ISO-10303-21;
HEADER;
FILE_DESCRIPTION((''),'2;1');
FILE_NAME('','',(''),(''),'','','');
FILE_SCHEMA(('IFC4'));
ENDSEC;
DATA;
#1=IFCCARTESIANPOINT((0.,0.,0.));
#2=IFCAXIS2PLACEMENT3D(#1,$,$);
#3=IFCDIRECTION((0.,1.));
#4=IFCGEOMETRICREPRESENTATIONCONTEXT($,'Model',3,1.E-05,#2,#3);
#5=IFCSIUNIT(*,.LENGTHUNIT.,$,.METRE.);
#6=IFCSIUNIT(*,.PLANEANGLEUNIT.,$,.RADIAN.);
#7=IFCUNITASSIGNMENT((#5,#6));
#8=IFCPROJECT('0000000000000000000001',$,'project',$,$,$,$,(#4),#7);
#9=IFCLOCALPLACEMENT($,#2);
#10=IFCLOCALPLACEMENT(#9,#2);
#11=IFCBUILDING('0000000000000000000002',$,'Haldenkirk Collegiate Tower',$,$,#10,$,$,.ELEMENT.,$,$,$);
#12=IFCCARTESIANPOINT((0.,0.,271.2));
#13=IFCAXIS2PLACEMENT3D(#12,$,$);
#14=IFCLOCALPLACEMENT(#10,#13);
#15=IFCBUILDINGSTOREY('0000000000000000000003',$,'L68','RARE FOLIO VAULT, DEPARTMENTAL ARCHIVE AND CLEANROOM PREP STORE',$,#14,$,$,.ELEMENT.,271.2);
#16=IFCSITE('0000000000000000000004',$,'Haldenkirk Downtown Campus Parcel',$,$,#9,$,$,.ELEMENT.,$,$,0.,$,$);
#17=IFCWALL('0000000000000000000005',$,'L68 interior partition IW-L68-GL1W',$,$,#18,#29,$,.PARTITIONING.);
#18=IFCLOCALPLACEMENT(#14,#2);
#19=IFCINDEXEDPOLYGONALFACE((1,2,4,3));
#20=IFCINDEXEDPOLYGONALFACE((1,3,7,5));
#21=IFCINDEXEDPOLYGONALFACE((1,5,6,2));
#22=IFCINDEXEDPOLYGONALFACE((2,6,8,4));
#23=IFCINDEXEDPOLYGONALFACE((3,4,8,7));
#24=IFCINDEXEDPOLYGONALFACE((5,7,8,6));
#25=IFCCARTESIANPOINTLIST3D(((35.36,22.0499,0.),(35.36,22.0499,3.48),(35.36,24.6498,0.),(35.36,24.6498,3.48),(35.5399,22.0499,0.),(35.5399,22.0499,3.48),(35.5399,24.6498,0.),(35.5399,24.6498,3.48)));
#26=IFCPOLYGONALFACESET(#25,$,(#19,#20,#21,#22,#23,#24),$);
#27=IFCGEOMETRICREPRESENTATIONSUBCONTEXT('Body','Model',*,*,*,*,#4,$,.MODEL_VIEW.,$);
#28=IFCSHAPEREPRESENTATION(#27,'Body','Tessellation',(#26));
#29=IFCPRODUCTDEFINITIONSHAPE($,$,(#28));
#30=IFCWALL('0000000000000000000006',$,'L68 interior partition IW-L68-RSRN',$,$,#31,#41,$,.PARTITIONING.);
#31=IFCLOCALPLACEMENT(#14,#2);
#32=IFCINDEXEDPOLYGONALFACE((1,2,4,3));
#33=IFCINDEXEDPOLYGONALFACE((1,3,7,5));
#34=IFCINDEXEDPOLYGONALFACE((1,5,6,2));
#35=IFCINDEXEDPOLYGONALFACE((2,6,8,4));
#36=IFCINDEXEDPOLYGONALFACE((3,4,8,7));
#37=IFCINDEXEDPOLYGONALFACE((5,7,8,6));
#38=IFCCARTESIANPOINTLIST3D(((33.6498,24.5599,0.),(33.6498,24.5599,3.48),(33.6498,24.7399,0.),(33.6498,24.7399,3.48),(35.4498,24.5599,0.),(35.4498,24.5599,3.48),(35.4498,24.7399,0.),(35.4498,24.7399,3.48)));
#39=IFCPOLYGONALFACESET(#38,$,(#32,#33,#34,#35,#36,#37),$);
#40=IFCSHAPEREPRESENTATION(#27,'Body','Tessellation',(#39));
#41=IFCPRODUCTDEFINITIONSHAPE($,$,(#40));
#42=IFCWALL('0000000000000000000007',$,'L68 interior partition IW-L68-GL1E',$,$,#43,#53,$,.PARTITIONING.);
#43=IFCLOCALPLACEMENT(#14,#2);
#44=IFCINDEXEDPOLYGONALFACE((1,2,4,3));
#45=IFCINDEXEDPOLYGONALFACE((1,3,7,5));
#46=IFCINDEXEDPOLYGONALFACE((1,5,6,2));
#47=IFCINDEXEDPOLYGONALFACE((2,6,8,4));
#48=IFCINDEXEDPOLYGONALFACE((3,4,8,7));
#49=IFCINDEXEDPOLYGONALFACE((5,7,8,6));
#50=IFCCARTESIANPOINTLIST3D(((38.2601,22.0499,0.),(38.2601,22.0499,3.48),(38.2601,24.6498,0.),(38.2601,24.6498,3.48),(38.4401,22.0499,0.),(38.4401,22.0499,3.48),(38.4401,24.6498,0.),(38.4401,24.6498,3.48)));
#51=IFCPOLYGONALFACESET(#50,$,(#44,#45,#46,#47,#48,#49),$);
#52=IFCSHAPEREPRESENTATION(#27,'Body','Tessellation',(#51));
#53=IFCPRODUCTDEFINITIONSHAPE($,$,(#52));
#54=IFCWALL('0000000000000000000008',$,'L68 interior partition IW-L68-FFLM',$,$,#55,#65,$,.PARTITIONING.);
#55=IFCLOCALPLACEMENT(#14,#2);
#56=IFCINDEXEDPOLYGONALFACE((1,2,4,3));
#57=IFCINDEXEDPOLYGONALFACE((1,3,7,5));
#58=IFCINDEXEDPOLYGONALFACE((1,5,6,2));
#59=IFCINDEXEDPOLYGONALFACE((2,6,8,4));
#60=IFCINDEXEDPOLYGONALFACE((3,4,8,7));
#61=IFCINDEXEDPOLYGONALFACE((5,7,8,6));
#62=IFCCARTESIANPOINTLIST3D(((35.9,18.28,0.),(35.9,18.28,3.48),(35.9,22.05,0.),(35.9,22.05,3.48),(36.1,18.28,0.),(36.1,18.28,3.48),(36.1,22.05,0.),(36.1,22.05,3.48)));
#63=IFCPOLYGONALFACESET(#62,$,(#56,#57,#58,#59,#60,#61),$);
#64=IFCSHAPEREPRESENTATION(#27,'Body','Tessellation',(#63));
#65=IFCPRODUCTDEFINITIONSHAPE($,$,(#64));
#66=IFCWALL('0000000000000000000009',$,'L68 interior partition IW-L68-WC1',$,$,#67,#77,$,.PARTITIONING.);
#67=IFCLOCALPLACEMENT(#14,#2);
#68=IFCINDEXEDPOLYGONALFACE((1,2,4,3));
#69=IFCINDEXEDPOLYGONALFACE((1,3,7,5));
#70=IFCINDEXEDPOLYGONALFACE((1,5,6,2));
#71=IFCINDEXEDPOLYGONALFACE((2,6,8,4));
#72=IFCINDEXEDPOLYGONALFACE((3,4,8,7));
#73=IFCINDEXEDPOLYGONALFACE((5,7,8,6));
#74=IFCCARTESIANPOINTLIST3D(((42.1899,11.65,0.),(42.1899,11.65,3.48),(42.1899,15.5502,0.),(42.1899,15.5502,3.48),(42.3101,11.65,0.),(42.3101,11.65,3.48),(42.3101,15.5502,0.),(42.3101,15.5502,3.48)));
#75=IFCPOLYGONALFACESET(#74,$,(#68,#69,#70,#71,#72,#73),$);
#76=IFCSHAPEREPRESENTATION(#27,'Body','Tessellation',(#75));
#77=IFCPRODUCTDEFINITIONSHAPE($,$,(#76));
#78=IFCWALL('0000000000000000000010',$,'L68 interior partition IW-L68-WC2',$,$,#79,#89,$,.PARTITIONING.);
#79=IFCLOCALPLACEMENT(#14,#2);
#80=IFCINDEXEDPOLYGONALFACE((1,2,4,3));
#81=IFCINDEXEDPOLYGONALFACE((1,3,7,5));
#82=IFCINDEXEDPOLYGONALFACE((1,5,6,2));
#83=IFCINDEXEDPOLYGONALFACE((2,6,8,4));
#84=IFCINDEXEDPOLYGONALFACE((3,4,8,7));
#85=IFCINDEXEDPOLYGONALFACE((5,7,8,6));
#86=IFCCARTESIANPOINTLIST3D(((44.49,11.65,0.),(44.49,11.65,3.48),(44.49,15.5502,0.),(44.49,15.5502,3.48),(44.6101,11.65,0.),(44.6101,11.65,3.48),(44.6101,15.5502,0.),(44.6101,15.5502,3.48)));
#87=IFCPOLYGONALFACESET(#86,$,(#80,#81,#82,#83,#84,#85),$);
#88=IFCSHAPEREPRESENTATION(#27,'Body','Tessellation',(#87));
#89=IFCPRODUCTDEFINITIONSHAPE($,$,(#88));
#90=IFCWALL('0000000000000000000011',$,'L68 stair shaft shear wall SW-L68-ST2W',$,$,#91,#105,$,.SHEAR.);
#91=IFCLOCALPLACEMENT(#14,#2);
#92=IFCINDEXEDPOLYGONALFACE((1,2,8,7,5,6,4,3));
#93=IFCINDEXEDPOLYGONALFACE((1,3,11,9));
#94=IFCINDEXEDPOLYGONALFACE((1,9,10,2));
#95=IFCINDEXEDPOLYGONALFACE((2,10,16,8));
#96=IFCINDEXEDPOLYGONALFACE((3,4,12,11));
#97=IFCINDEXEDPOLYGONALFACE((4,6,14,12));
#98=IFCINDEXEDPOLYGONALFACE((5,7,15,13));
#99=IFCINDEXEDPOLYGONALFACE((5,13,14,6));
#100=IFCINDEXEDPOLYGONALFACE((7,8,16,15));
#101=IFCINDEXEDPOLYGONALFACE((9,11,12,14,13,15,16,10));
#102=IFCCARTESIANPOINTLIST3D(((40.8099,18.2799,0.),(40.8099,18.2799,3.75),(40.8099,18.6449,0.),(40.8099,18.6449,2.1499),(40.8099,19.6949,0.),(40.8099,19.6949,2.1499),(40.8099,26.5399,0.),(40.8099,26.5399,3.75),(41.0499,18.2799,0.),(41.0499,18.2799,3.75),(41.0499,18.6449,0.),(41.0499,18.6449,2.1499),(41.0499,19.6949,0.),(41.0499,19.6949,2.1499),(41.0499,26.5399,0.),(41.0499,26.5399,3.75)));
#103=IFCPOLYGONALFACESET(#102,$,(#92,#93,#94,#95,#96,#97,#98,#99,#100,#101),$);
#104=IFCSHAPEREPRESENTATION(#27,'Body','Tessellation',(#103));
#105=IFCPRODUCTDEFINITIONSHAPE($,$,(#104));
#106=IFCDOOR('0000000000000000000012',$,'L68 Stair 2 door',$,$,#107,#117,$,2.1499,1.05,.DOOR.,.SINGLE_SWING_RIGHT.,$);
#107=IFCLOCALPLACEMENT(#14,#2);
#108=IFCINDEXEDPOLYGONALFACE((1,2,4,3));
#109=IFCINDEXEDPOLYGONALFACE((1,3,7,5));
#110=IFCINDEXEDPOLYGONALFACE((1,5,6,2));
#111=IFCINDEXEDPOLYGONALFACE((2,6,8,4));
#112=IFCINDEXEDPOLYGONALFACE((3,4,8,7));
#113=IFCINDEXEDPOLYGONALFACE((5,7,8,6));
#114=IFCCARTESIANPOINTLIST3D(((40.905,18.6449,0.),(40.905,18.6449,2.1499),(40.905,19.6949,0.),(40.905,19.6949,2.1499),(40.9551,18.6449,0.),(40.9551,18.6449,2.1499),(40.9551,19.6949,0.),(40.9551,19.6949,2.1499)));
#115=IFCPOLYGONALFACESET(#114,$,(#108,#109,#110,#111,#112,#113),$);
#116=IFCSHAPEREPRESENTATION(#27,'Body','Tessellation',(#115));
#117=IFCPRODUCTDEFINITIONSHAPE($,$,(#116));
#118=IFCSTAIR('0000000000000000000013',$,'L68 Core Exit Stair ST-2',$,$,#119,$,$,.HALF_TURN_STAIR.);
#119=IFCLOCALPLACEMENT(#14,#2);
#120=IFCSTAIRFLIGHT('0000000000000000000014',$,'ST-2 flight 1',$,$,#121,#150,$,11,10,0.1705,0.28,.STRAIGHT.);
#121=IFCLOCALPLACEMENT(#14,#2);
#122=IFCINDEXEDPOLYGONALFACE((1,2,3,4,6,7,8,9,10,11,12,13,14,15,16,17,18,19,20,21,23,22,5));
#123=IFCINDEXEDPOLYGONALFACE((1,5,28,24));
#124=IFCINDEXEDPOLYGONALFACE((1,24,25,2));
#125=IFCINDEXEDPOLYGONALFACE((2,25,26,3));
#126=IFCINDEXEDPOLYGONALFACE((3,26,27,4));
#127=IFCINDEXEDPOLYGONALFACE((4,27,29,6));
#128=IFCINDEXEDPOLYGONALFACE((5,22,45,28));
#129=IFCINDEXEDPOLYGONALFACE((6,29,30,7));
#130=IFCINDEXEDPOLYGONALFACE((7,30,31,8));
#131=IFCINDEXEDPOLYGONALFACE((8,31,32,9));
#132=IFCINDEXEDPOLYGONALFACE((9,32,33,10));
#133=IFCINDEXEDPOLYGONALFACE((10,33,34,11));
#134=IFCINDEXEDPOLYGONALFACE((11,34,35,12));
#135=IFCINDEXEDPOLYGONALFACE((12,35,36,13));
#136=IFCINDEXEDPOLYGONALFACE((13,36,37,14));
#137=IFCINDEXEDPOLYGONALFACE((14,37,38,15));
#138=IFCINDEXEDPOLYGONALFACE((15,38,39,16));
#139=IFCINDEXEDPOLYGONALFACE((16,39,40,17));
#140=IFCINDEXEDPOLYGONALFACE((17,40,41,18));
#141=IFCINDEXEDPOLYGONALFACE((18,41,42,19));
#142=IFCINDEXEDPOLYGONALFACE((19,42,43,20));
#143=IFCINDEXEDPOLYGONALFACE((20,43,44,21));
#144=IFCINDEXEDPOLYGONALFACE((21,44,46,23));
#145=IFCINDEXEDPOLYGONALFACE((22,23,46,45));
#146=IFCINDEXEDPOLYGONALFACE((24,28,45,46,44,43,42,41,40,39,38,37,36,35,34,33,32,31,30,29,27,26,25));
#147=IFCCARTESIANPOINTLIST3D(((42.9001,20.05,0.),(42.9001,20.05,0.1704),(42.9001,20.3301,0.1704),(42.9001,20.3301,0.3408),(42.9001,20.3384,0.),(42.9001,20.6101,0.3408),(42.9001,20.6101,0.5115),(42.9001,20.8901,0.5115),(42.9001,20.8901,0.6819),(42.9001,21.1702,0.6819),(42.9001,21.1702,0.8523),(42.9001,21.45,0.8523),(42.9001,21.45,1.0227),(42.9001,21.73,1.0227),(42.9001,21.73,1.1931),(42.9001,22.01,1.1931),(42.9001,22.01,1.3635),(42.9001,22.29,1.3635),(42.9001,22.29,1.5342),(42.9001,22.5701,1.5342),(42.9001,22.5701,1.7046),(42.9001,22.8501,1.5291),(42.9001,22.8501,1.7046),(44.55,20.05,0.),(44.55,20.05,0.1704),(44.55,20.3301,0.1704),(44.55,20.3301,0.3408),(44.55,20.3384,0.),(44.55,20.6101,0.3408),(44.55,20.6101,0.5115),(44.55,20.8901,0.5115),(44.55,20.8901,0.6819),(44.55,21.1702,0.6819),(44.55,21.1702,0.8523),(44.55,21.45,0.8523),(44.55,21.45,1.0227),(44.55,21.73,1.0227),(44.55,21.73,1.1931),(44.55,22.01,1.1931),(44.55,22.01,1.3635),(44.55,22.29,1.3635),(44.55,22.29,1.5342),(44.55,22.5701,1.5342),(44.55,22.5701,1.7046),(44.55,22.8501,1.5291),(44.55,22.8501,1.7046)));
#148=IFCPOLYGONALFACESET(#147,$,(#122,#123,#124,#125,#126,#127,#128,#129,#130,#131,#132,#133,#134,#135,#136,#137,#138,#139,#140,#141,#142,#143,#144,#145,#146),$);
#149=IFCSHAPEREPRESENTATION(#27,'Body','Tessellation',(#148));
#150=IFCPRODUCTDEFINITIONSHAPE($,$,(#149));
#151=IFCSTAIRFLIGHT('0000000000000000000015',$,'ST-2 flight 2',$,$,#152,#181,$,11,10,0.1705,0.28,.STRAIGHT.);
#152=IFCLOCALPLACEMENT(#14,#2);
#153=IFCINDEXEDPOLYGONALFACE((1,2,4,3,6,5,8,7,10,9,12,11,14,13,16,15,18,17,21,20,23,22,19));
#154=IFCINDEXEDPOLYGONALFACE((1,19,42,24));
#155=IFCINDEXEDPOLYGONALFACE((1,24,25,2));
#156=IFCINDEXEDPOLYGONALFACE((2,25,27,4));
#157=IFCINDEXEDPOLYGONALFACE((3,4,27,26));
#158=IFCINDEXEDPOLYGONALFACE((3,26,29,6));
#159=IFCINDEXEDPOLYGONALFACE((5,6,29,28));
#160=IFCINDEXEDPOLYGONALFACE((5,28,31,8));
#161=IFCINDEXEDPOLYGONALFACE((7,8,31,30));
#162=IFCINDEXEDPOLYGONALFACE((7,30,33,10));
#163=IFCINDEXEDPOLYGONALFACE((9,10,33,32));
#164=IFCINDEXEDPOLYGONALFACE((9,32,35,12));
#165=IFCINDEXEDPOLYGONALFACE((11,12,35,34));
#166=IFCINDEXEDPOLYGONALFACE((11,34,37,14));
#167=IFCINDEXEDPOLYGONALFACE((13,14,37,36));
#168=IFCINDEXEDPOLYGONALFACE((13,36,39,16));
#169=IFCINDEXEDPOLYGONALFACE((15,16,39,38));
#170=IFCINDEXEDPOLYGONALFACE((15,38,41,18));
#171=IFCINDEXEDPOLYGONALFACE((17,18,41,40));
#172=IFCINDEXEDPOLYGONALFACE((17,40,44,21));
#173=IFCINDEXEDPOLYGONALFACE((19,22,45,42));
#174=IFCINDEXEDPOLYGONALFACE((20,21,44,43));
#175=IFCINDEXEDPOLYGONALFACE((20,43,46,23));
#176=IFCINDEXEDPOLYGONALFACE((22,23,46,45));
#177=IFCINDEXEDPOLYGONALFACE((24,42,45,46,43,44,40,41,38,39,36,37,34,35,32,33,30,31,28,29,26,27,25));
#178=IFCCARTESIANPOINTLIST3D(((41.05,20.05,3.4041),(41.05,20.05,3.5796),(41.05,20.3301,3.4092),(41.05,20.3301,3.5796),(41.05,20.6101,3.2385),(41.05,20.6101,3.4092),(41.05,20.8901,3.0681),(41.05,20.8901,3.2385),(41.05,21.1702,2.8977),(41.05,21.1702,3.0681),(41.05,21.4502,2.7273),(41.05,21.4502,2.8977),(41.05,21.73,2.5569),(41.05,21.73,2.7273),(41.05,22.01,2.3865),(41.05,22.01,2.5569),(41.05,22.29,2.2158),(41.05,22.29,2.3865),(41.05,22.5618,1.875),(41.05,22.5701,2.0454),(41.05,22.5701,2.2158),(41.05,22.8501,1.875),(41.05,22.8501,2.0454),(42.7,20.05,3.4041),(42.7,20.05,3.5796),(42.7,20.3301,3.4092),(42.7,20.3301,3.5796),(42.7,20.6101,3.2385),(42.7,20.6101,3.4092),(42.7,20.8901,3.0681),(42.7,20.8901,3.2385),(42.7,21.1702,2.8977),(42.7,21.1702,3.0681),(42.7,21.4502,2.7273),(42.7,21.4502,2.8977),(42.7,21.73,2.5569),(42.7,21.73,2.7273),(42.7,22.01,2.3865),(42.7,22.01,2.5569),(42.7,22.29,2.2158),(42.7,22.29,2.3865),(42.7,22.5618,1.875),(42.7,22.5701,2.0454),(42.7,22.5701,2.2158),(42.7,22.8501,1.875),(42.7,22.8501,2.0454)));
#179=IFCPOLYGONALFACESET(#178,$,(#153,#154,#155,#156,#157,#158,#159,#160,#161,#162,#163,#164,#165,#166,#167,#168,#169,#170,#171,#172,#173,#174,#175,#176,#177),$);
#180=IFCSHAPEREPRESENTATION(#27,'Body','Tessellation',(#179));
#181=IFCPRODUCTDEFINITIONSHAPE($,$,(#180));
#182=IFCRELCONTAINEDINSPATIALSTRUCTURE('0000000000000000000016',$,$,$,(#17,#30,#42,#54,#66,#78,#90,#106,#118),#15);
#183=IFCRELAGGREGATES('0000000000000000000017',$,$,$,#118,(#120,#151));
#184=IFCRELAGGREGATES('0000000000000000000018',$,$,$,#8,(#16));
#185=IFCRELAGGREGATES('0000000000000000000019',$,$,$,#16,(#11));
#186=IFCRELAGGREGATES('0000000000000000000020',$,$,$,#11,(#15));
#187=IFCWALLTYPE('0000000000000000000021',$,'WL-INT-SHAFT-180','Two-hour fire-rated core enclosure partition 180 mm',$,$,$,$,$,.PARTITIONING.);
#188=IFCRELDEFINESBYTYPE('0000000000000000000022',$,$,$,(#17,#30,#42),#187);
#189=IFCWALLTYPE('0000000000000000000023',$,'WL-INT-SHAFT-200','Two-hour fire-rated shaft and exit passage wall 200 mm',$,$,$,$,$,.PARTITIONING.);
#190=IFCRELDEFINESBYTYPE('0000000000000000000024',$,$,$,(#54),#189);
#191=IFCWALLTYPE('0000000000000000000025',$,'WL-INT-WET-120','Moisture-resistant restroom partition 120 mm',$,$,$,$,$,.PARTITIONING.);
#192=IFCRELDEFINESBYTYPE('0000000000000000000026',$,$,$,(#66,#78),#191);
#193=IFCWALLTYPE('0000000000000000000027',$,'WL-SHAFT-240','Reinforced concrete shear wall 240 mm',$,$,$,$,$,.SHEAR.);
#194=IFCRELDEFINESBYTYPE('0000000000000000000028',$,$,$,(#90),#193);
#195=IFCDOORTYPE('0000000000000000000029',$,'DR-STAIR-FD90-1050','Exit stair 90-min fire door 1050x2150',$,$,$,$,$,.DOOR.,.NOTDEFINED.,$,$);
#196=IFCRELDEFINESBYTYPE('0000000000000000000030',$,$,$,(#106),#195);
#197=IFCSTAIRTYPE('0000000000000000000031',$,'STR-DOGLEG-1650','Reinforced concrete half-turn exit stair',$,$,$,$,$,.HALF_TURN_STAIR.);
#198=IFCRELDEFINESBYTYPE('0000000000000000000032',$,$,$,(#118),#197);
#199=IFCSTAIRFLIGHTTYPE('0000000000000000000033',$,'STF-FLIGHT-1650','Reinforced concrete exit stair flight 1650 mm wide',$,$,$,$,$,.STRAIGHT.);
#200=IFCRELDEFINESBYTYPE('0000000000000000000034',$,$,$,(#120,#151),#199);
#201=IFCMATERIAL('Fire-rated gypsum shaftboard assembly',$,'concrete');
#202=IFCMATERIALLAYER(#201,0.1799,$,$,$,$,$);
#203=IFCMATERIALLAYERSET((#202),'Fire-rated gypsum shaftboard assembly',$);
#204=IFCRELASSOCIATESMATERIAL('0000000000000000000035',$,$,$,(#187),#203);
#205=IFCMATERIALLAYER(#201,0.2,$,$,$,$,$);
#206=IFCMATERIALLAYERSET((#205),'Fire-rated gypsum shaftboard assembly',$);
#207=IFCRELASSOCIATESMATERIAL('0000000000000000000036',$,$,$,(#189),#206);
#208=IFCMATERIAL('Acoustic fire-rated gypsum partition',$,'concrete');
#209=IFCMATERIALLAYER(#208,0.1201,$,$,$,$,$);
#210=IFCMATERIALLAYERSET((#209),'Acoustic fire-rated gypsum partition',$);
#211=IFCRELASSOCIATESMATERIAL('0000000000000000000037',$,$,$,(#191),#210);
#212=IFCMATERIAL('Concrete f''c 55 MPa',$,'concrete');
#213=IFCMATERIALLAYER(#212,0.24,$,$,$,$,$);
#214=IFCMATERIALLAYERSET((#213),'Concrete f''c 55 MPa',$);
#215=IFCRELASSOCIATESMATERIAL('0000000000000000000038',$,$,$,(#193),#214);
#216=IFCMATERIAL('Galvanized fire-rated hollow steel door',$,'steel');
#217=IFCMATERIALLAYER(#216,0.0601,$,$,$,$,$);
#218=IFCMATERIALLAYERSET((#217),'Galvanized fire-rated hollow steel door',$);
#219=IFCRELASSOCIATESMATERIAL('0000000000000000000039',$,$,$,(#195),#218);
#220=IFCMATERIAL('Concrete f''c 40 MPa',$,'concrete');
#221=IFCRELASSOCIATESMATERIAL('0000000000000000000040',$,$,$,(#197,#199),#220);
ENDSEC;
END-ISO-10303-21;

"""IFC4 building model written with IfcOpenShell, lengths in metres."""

from ifc_helpers import new_model, si_unit, direction, frame, frame_2d, origin, place, context, subcontext, project, spatial, polyline, rectangle, outline, extrude, material, layer, layer_set, type_object, element, fill, aggregate, save


model = new_model("IFC4")

# Units and contexts
model_context = context("Model", 3, precision=1e-05, world=origin(), true_north=direction((0.0, 1.0)))
body_context = subcontext(model_context, "Body", "Model", "MODEL_VIEW")
ifc_project = project(units=[si_unit("LENGTHUNIT", "METRE"), si_unit("PLANEANGLEUNIT", "RADIAN")], contexts=[model_context])

# Site, building, storey
site_placement = place(None, origin())
site = spatial("IfcSite", under=ifc_project, at=site_placement, Name="Haldenkirk Downtown Campus Parcel", CompositionType="ELEMENT", RefElevation=0.0)
building_placement = place(site_placement, origin())
building = spatial("IfcBuilding", under=site, at=building_placement, Name="Haldenkirk Collegiate Tower", CompositionType="ELEMENT")
storey_placement = place(building_placement, frame((0.0, 0.0, 271.2)))
storey = spatial("IfcBuildingStorey", under=building, at=storey_placement, Name="L68", Description="RARE FOLIO VAULT, DEPARTMENTAL ARCHIVE AND CLEANROOM PREP STORE", CompositionType="ELEMENT", Elevation=271.2)

# Shared definitions
ifc_material_1 = material(Name="Acoustic fire-rated gypsum partition", Category="concrete")

# Walls
ifc_material_2 = material(Name="Fire-rated gypsum shaftboard assembly", Category="concrete")
ifc_layer_1 = layer(ifc_material_2, 0.1799)
ifc_layer_set_1 = layer_set([ifc_layer_1], Name="Fire-rated gypsum shaftboard assembly")
wall_type_1 = type_object("IfcWallType", Name="WL-INT-SHAFT-180", Description="Two-hour fire-rated core enclosure partition 180 mm", PredefinedType="PARTITIONING", material=ifc_layer_set_1)
wall_1_placement = place(storey_placement, frame((35.45, 22.05, 0.0), z_axis=(0.0, 0.0, 1.0), x_axis=(0.0, 1.0, 0.0)))
element("IfcWall", 1, at=wall_1_placement, inside=storey, type_object=wall_type_1, Name="L68 interior partition IW-L68-GL1W", PredefinedType="PARTITIONING", context=body_context, shape_type="SweptSolid", body=[
    extrude(rectangle(XDim=2.5999, YDim=0.1799, at=frame_2d((1.2998, 0.0))), origin(), (0.0, 0.0, 1.0), 3.48),
])
wall_2_placement = place(storey_placement, frame((33.6499, 24.6499, 0.0), z_axis=(0.0, 0.0, 1.0), x_axis=(1.0, 0.0, 0.0)))
element("IfcWall", 2, at=wall_2_placement, inside=storey, type_object=wall_type_1, Name="L68 interior partition IW-L68-RSRN", PredefinedType="PARTITIONING", context=body_context, shape_type="SweptSolid", body=[
    extrude(rectangle(XDim=1.8, YDim=0.1799, at=frame_2d((0.8999, 0.0))), origin(), (0.0, 0.0, 1.0), 3.48),
])
wall_3_placement = place(storey_placement, frame((38.3501, 22.05, 0.0), z_axis=(0.0, 0.0, 1.0), x_axis=(0.0, 1.0, 0.0)))
element("IfcWall", 3, at=wall_3_placement, inside=storey, type_object=wall_type_1, Name="L68 interior partition IW-L68-GL1E", PredefinedType="PARTITIONING", context=body_context, shape_type="SweptSolid", body=[
    extrude(rectangle(XDim=2.5999, YDim=0.1799, at=frame_2d((1.2998, 0.0))), origin(), (0.0, 0.0, 1.0), 3.48),
])
ifc_layer_2 = layer(ifc_material_2, 0.2)
ifc_layer_set_2 = layer_set([ifc_layer_2], Name="Fire-rated gypsum shaftboard assembly")
wall_type_2 = type_object("IfcWallType", Name="WL-INT-SHAFT-200", Description="Two-hour fire-rated shaft and exit passage wall 200 mm", PredefinedType="PARTITIONING", material=ifc_layer_set_2)
wall_4_placement = place(storey_placement, frame((36.0, 18.28, 0.0), z_axis=(0.0, 0.0, 1.0), x_axis=(0.0, 1.0, 0.0)))
element("IfcWall", 4, at=wall_4_placement, inside=storey, type_object=wall_type_2, Name="L68 interior partition IW-L68-FFLM", PredefinedType="PARTITIONING", context=body_context, shape_type="SweptSolid", body=[
    extrude(rectangle(XDim=3.77, YDim=0.2, at=frame_2d((1.885, 0.0))), origin(), (0.0, 0.0, 1.0), 3.48),
])

# Walls
ifc_layer_3 = layer(ifc_material_1, 0.1201)
ifc_layer_set_3 = layer_set([ifc_layer_3], Name="Acoustic fire-rated gypsum partition")
wall_type_3 = type_object("IfcWallType", Name="WL-INT-WET-120", Description="Moisture-resistant restroom partition 120 mm", PredefinedType="PARTITIONING", material=ifc_layer_set_3)
for number, where, z_axis, x_axis, name in (
    (5, (42.25, 11.6499, 0.0), (0.0, 0.0, 1.0), (0.0, 1.0, 0.0), "L68 interior partition IW-L68-WC1"),
    (6, (44.55, 11.6499, 0.0), (0.0, 0.0, 1.0), (0.0, 1.0, 0.0), "L68 interior partition IW-L68-WC2"),
):
    element("IfcWall", number, at=place(storey_placement, frame(where, z_axis=z_axis, x_axis=x_axis)), inside=storey, type_object=wall_type_3, Name=name, PredefinedType="PARTITIONING", context=body_context, shape_type="SweptSolid", body=[
        extrude(rectangle(XDim=3.9001, YDim=0.1201, at=frame_2d((1.9502, 0.0))), origin(), (0.0, 0.0, 1.0), 3.48),
    ])

# Wall, opening, door
ifc_material_3 = material(Name="Concrete f'c 55 MPa", Category="concrete")
ifc_layer_4 = layer(ifc_material_3, 0.24)
ifc_layer_set_4 = layer_set([ifc_layer_4], Name="Concrete f'c 55 MPa")
wall_type_4 = type_object("IfcWallType", Name="WL-SHAFT-240", Description="Reinforced concrete shear wall 240 mm", PredefinedType="SHEAR", material=ifc_layer_set_4)
wall_5_placement = place(storey_placement, frame((40.9299, 18.28, 0.0), z_axis=(0.0, 0.0, 1.0), x_axis=(0.0, 1.0, 0.0)))
wall_5 = element("IfcWall", 7, at=wall_5_placement, inside=storey, type_object=wall_type_4, Name="L68 stair shaft shear wall SW-L68-ST2W", PredefinedType="SHEAR", context=body_context, shape_type="SweptSolid", body=[
    extrude(rectangle(XDim=8.26, YDim=0.24, at=frame_2d((4.1299, 0.0))), origin(), (0.0, 0.0, 1.0), 3.75),
])
opening_1_placement = place(wall_5_placement, frame((0.365, 0.0, 0.0)))
opening_1 = element("IfcOpeningElement", 8, at=opening_1_placement, cuts=wall_5, PredefinedType="OPENING", context=body_context, shape_type="SweptSolid", body=[
    extrude(rectangle(XDim=1.05, YDim=2.1499, at=frame_2d((0.5249, 1.075))), frame((0.0, 0.1299, 0.0), z_axis=(0.0, -1.0, 0.0), x_axis=(1.0, 0.0, 0.0)), (0.0, 0.0, 1.0), 0.26),
])
ifc_material_4 = material(Name="Galvanized fire-rated hollow steel door", Category="steel")
ifc_layer_5 = layer(ifc_material_4, 0.0601)
ifc_layer_set_5 = layer_set([ifc_layer_5], Name="Galvanized fire-rated hollow steel door")
door_type_1 = type_object("IfcDoorType", Name="DR-STAIR-FD90-1050", Description="Exit stair 90-min fire door 1050x2150", OperationType="NOTDEFINED", PredefinedType="DOOR", material=ifc_layer_set_5)
door_1_placement = place(opening_1_placement, origin())
door_1 = element("IfcDoor", 9, at=door_1_placement, inside=storey, type_object=door_type_1, Name="L68 Stair 2 door", OperationType="SINGLE_SWING_RIGHT", OverallHeight=2.1499, OverallWidth=1.05, PredefinedType="DOOR", context=body_context, shape_type="SweptSolid", body=[
    extrude(rectangle(XDim=1.05, YDim=2.1499, at=frame_2d((0.5249, 1.075))), frame((0.0, 0.0249, 0.0), z_axis=(0.0, -1.0, 0.0), x_axis=(1.0, 0.0, 0.0)), (0.0, 0.0, 1.0), 0.05),
])
fill(opening_1, door_1)

# Stair, stair flights
ifc_material_5 = material(Name="Concrete f'c 40 MPa", Category="concrete")
stair_type = type_object("IfcStairType", Name="STR-DOGLEG-1650", Description="Reinforced concrete half-turn exit stair", PredefinedType="HALF_TURN_STAIR", material=ifc_material_5)
stair_placement = place(storey_placement, origin())
stair = element("IfcStair", 10, at=stair_placement, inside=storey, type_object=stair_type, Name="L68 Core Exit Stair ST-2", PredefinedType="HALF_TURN_STAIR")
stair_flight_type = type_object("IfcStairFlightType", Name="STF-FLIGHT-1650", Description="Reinforced concrete exit stair flight 1650 mm wide", PredefinedType="STRAIGHT", material=ifc_material_5)
stair_flight_1_placement = place(storey_placement, frame((43.7251, 20.05, 0.0), z_axis=(0.0, 0.0, 1.0), x_axis=(0.0, 1.0, 0.0)))
stair_flight_1 = element("IfcStairFlight", 11, at=stair_flight_1_placement, type_object=stair_flight_type, Name="ST-2 flight 1", NumberOfRisers=11, NumberOfTreads=10, PredefinedType="STRAIGHT", RiserHeight=0.1705, TreadLength=0.28, context=body_context, shape_type="SweptSolid", body=[
    extrude(outline(polyline([(0.0, 0.0), (0.0, 0.1704), (0.28, 0.1704), (0.28, 0.3408), (0.5601, 0.3408), (0.5601, 0.5115), (0.8401, 0.5115), (0.8401, 0.6819), (1.1201, 0.6819), (1.1201, 0.8523), (1.3999, 0.8523), (1.3999, 1.0227), (1.6799, 1.0227), (1.6799, 1.1931), (1.96, 1.1931), (1.96, 1.3635), (2.24, 1.3635), (2.24, 1.5342), (2.52, 1.5342), (2.52, 1.7046), (2.8, 1.7046), (2.8, 1.875), (2.8, 1.5291), (0.2883, 0.0), (0.0, 0.0)])), frame((0.0, 0.825, 0.0), z_axis=(0.0, -1.0, 0.0), x_axis=(1.0, 0.0, 0.0)), (0.0, 0.0, 1.0), 1.6499),
])
stair_flight_2_placement = place(storey_placement, frame((41.875, 22.8501, 1.875), z_axis=(0.0, 0.0, 1.0), x_axis=(0.0, -1.0, 0.0)))
stair_flight_2 = element("IfcStairFlight", 12, at=stair_flight_2_placement, type_object=stair_flight_type, Name="ST-2 flight 2", NumberOfRisers=11, NumberOfTreads=10, PredefinedType="STRAIGHT", RiserHeight=0.1705, TreadLength=0.28, context=body_context, shape_type="SweptSolid", body=[
    extrude(outline(polyline([(0.0, 0.0), (0.0, 0.1704), (0.28, 0.1704), (0.28, 0.3408), (0.5601, 0.3408), (0.5601, 0.5115), (0.8401, 0.5115), (0.8401, 0.6819), (1.1201, 0.6819), (1.1201, 0.8523), (1.3999, 0.8523), (1.3999, 1.0227), (1.6799, 1.0227), (1.6799, 1.1931), (1.96, 1.1931), (1.96, 1.3635), (2.24, 1.3635), (2.24, 1.5342), (2.52, 1.5342), (2.52, 1.7046), (2.8, 1.7046), (2.8, 1.875), (2.8, 1.5291), (0.2883, 0.0), (0.0, 0.0)])), frame((0.0, 0.825, 0.0), z_axis=(0.0, -1.0, 0.0), x_axis=(1.0, 0.0, 0.0)), (0.0, 0.0, 1.0), 1.6499),
])
aggregate(stair, [stair_flight_1, stair_flight_2])

save(model, "model.ifc")
